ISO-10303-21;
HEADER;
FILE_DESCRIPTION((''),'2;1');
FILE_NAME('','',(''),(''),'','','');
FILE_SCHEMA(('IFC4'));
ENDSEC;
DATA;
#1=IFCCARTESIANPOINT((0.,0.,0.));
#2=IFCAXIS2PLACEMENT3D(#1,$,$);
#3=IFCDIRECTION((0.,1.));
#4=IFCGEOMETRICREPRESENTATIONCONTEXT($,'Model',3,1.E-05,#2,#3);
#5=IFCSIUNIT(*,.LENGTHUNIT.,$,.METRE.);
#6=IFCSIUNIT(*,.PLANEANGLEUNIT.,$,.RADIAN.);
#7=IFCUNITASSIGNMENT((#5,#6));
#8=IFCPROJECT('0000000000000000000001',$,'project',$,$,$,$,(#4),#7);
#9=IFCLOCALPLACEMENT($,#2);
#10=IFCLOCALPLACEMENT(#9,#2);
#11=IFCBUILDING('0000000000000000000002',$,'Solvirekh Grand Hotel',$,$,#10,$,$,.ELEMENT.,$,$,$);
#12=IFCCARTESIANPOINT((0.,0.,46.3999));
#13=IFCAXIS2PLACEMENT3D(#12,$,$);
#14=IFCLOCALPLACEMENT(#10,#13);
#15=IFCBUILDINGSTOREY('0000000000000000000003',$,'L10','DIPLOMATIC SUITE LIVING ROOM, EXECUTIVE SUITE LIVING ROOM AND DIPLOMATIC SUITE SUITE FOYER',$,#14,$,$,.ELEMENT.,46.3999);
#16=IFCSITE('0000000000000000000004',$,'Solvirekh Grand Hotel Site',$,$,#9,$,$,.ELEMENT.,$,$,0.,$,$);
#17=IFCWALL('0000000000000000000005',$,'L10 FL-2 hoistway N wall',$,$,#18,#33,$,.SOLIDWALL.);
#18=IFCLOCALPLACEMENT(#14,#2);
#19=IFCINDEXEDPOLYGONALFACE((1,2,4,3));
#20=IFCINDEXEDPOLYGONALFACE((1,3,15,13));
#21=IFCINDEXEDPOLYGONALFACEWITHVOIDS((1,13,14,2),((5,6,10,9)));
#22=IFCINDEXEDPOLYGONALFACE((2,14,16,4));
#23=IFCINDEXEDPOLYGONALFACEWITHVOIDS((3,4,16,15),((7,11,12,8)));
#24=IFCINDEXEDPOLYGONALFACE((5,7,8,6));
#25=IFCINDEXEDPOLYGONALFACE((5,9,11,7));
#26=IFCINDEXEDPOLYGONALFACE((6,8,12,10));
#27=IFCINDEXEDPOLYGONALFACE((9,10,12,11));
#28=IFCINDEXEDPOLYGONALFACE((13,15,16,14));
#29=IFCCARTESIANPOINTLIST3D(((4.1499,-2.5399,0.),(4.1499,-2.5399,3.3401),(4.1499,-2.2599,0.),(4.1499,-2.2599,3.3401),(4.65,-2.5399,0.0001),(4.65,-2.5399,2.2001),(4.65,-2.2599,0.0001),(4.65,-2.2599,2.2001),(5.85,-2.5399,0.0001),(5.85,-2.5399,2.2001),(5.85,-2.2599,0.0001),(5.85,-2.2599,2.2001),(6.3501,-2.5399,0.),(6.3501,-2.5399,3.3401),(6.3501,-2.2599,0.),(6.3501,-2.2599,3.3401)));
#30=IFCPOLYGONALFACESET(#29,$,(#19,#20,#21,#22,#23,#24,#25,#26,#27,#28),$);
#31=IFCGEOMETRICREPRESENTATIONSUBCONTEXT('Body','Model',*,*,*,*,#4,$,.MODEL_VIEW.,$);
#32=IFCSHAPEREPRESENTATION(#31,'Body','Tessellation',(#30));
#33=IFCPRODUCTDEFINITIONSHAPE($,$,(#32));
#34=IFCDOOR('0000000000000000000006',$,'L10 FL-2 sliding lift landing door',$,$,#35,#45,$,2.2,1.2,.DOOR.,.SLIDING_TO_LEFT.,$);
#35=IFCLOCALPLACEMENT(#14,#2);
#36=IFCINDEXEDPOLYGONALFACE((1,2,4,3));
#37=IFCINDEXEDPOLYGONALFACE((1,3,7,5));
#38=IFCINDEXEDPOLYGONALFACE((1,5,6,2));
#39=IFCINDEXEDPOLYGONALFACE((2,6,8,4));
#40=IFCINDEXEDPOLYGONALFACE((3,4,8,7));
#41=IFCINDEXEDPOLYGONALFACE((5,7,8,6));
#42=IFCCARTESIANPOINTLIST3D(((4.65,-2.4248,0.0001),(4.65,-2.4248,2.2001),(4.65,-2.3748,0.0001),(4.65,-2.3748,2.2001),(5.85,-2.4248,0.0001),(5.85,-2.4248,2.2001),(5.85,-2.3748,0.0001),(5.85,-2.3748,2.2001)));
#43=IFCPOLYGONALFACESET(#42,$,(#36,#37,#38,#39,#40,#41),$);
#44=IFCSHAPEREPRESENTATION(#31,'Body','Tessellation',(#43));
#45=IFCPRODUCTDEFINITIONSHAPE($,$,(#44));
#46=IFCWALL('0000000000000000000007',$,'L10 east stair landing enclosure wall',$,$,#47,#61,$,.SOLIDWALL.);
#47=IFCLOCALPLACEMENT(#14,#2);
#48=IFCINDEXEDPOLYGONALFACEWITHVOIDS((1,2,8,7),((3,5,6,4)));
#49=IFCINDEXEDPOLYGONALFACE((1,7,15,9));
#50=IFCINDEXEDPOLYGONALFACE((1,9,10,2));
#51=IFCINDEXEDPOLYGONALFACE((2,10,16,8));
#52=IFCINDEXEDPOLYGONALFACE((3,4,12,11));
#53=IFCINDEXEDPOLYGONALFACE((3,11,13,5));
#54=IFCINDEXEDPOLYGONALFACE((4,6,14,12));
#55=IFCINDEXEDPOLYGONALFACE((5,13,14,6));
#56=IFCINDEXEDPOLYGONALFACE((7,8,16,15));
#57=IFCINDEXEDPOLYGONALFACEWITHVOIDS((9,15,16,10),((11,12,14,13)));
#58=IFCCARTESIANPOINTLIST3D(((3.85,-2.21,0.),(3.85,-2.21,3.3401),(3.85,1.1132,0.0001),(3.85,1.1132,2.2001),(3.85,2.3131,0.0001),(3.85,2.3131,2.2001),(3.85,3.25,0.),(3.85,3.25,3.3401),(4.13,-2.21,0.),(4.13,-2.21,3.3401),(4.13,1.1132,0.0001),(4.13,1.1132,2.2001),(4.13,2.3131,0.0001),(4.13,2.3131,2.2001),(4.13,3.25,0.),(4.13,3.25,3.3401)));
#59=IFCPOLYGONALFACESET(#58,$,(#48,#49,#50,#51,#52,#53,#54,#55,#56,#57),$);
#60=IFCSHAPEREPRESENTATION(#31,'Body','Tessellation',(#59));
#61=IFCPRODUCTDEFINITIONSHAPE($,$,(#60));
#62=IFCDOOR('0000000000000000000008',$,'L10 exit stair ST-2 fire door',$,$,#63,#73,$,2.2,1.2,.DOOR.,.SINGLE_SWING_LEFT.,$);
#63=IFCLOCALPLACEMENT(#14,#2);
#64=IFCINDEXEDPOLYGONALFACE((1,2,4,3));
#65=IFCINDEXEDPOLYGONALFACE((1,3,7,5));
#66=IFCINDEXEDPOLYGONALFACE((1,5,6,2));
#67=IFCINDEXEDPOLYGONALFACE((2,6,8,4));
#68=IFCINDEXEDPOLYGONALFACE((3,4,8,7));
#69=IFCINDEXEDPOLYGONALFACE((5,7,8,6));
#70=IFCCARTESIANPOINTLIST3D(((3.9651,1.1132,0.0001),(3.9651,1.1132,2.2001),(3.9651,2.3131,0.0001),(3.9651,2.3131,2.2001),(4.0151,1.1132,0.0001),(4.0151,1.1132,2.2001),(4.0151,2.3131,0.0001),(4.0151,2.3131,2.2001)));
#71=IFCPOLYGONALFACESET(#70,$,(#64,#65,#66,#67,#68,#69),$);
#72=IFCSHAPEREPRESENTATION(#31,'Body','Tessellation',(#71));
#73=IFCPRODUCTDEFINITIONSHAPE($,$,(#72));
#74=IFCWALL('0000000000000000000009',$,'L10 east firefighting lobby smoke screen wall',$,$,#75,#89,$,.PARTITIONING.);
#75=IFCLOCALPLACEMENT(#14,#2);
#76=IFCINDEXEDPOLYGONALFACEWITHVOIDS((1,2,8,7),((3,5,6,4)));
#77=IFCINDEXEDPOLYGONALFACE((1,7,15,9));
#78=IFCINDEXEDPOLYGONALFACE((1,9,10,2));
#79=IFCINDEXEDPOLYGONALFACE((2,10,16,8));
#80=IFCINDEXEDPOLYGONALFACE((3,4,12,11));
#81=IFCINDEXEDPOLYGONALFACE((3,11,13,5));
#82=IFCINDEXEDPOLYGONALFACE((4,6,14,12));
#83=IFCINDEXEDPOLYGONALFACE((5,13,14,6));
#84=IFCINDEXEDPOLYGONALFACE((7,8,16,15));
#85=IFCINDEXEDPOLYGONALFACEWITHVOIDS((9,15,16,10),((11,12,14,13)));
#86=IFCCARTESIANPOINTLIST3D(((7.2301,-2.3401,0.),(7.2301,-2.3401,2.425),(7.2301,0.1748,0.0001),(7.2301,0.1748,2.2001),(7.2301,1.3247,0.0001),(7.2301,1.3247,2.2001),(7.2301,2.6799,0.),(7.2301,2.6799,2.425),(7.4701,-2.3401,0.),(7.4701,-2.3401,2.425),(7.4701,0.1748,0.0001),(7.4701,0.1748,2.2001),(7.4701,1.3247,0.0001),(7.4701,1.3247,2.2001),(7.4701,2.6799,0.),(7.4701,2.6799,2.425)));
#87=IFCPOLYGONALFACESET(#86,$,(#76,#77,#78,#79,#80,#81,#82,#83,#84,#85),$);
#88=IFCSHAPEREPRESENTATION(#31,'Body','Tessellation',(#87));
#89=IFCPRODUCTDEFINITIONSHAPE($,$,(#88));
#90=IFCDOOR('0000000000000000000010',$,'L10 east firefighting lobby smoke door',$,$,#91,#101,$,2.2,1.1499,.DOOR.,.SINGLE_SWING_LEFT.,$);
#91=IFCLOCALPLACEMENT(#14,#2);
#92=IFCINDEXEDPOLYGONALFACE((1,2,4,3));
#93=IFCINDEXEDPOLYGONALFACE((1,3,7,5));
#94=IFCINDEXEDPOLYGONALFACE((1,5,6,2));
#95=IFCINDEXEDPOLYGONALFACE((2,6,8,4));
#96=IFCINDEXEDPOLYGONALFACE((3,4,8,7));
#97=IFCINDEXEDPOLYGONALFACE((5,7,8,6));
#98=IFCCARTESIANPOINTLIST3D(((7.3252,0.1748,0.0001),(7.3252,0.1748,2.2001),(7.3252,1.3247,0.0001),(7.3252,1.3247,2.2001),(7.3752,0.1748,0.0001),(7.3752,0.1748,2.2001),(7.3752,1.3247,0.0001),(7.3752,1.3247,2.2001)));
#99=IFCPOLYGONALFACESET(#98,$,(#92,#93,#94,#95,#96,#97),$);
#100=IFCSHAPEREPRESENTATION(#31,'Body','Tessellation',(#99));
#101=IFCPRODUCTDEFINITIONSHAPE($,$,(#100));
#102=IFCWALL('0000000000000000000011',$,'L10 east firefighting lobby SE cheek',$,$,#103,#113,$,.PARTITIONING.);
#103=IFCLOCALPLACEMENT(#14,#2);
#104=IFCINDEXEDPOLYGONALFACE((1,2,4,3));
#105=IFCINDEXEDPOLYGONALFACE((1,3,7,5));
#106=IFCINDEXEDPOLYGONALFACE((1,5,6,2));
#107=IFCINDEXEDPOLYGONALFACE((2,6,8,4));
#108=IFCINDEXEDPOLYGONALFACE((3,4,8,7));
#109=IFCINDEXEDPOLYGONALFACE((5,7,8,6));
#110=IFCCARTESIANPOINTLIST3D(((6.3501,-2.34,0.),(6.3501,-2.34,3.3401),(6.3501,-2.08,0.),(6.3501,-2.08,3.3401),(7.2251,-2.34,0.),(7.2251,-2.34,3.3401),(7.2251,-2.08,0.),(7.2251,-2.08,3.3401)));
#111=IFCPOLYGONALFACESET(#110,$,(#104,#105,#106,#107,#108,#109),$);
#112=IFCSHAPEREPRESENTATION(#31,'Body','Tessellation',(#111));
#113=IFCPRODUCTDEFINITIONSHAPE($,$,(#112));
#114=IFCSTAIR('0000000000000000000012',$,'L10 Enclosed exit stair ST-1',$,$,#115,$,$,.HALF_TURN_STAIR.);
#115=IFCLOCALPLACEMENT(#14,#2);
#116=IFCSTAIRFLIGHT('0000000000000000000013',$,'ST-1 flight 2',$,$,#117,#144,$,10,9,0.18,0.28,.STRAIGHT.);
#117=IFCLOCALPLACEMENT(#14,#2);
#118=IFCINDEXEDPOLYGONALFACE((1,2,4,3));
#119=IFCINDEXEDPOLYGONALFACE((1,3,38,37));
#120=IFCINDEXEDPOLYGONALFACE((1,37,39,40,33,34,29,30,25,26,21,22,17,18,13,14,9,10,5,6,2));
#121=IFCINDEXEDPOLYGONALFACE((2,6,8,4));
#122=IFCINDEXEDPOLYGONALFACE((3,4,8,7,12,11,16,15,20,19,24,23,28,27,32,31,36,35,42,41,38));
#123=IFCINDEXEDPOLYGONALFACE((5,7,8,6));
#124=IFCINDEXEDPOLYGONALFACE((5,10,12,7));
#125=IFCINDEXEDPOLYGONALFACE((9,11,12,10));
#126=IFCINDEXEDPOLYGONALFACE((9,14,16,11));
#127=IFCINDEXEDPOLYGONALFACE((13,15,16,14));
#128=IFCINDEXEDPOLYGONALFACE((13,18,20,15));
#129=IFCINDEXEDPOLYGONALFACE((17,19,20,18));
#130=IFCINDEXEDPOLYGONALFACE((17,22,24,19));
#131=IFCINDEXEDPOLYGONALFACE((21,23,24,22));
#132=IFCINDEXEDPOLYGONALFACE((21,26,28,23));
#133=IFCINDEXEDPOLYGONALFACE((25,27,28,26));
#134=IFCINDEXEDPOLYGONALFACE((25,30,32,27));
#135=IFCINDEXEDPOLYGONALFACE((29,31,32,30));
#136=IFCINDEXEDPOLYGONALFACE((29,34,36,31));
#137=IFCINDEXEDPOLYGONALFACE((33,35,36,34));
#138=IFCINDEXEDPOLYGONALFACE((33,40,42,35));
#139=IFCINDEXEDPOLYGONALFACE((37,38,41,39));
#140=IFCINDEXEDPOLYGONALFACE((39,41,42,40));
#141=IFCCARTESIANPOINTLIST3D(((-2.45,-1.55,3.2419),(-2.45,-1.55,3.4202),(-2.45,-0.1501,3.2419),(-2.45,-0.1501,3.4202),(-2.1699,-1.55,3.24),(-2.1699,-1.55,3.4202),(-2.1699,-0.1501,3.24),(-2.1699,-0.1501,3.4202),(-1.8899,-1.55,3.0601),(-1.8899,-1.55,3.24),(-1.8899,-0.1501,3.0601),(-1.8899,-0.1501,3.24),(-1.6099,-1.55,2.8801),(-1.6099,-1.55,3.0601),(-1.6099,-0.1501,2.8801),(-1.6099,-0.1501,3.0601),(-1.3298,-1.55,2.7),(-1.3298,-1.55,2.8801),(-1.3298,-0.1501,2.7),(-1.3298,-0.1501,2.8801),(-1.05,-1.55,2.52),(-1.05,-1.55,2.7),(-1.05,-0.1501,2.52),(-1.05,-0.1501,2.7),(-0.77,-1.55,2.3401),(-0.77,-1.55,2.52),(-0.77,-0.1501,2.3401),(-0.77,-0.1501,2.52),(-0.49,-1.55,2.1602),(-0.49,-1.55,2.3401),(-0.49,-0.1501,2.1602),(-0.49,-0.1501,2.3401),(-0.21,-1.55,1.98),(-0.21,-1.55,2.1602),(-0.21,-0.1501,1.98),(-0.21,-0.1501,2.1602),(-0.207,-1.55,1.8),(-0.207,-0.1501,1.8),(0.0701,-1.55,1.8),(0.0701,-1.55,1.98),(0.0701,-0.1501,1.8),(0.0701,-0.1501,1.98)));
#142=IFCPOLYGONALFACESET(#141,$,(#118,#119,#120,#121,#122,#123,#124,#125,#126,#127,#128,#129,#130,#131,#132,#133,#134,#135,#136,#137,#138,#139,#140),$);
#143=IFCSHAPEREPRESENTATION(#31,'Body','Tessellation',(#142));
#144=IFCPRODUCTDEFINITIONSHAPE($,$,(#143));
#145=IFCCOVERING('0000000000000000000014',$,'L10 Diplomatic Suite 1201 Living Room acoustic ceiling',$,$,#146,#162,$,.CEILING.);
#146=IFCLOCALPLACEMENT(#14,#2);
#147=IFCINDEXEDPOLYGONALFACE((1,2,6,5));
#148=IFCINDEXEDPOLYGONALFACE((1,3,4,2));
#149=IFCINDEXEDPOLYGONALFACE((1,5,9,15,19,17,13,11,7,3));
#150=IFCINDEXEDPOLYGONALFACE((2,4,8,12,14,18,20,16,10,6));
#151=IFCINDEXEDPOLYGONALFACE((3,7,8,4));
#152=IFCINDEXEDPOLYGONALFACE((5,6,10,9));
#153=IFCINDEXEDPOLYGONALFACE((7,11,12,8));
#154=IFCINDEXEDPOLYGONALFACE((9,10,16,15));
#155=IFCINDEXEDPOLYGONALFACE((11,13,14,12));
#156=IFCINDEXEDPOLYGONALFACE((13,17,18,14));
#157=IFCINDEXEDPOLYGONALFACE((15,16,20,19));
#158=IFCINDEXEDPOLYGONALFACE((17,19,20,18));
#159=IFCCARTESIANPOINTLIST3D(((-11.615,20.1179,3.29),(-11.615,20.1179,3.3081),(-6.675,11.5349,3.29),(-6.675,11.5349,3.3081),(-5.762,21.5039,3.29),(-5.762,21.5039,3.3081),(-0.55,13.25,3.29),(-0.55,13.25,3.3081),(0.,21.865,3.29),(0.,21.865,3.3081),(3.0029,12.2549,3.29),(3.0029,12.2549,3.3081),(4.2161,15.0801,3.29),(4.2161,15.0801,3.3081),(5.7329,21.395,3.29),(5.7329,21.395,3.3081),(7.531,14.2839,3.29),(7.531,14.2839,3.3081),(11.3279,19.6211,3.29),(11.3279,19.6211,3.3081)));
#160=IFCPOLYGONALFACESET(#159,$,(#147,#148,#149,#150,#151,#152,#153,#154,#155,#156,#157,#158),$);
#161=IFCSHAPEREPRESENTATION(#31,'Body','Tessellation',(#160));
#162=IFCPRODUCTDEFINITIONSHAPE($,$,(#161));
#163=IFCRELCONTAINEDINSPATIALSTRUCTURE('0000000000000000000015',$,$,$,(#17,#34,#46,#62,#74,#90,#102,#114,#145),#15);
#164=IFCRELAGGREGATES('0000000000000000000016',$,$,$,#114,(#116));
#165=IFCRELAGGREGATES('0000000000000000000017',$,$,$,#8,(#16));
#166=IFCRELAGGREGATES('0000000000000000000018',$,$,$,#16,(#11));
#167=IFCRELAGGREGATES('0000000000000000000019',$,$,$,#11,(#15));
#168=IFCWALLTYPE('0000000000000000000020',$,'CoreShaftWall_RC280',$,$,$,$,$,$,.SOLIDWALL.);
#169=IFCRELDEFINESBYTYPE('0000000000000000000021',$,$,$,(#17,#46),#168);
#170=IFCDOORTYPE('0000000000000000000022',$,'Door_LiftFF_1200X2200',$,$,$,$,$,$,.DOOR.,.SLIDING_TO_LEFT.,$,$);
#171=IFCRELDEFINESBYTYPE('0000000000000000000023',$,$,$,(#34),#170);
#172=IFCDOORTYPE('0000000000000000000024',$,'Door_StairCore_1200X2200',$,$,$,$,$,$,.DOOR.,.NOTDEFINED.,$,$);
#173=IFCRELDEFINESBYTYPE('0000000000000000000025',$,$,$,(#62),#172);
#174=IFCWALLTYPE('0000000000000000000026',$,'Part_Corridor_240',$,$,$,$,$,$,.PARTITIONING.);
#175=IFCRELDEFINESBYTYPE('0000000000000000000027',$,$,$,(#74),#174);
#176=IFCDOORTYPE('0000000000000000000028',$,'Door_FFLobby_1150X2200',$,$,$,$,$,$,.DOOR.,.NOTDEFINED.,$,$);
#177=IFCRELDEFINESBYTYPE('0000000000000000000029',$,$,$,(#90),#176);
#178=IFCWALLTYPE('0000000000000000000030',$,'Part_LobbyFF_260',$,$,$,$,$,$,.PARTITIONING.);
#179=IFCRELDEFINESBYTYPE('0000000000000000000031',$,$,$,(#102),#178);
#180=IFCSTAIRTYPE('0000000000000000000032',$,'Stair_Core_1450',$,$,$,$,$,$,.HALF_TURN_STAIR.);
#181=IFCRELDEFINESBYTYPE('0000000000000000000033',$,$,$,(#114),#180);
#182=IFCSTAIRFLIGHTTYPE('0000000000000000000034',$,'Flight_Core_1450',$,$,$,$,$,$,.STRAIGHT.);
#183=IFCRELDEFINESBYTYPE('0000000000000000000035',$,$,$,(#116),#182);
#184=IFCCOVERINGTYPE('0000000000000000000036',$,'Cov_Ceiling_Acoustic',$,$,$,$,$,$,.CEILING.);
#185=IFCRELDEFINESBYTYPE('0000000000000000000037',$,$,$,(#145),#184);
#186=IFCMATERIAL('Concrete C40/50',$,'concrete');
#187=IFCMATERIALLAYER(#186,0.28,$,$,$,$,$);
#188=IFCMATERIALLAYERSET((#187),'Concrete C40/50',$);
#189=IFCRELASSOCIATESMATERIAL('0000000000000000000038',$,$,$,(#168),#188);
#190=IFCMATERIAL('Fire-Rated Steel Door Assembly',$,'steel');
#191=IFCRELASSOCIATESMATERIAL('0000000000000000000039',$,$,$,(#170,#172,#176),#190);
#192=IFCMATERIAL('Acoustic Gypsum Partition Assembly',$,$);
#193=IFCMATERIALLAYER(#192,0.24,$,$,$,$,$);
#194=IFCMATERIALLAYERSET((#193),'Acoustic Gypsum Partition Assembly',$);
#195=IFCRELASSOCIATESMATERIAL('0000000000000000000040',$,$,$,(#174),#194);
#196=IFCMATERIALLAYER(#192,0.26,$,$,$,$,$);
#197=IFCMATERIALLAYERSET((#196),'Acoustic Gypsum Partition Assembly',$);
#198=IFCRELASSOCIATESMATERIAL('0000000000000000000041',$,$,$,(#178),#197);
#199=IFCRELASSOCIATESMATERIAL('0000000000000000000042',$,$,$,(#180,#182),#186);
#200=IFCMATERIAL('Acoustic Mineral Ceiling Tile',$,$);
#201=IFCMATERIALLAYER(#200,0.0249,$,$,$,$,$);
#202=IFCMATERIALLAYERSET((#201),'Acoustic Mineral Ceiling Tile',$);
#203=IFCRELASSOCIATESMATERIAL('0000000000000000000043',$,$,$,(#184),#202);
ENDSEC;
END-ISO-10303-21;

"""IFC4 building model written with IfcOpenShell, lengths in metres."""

from ifc_helpers import new_model, si_unit, direction, frame, frame_2d, origin, place, context, subcontext, project, spatial, polyline, rectangle, outline, extrude, material, layer, layer_set, type_object, element, fill, aggregate, save


model = new_model("IFC4")

# Units and contexts
model_context = context("Model", 3, precision=1e-05, world=origin(), true_north=direction((0.0, 1.0)))
body_context = subcontext(model_context, "Body", "Model", "MODEL_VIEW")
ifc_project = project(units=[si_unit("LENGTHUNIT", "METRE"), si_unit("PLANEANGLEUNIT", "RADIAN")], contexts=[model_context])

# Site, building, storey
site_placement = place(None, origin())
site = spatial("IfcSite", under=ifc_project, at=site_placement, Name="Solvirekh Grand Hotel Site", CompositionType="ELEMENT", RefElevation=0.0)
building_placement = place(site_placement, origin())
building = spatial("IfcBuilding", under=site, at=building_placement, Name="Solvirekh Grand Hotel", CompositionType="ELEMENT")
storey_placement = place(building_placement, frame((0.0, 0.0, 46.3999)))
storey = spatial("IfcBuildingStorey", under=building, at=storey_placement, Name="L10", Description="DIPLOMATIC SUITE LIVING ROOM, EXECUTIVE SUITE LIVING ROOM AND DIPLOMATIC SUITE SUITE FOYER", CompositionType="ELEMENT", Elevation=46.3999)

# Walls, openings, doors
ifc_material_1 = material(Name="Concrete C40/50", Category="concrete")
ifc_layer_1 = layer(ifc_material_1, 0.28)
ifc_layer_set_1 = layer_set([ifc_layer_1], Name="Concrete C40/50")
wall_type_1 = type_object("IfcWallType", Name="CoreShaftWall_RC280", PredefinedType="SOLIDWALL", material=ifc_layer_set_1)
wall_1_placement = place(storey_placement, frame((6.3501, -2.3999, 0.0), z_axis=(0.0, 0.0, 1.0), x_axis=(-1.0, 0.0, 0.0)))
wall_1 = element("IfcWall", 1, at=wall_1_placement, inside=storey, type_object=wall_type_1, Name="L10 FL-2 hoistway N wall", PredefinedType="SOLIDWALL", context=body_context, shape_type="SweptSolid", body=[
    extrude(rectangle(XDim=2.2002, YDim=0.28, at=frame_2d((1.1001, 0.0))), origin(), (0.0, 0.0, 1.0), 3.3401),
])
opening_1_placement = place(wall_1_placement, frame((0.5, 0.0, 0.0)))
opening_1 = element("IfcOpeningElement", 2, at=opening_1_placement, cuts=wall_1, PredefinedType="OPENING", context=body_context, shape_type="SweptSolid", body=[
    extrude(rectangle(XDim=1.2, YDim=2.2, at=frame_2d((0.6001, 1.1001))), frame((0.0, 0.1499, 0.0), z_axis=(0.0, -1.0, 0.0), x_axis=(1.0, 0.0, 0.0)), (0.0, 0.0, 1.0), 0.3),
])
ifc_material_2 = material(Name="Fire-Rated Steel Door Assembly", Category="steel")
door_type_1 = type_object("IfcDoorType", Name="Door_LiftFF_1200X2200", OperationType="SLIDING_TO_LEFT", PredefinedType="DOOR", material=ifc_material_2)
door_1_placement = place(opening_1_placement, origin())
door_1 = element("IfcDoor", 3, at=door_1_placement, inside=storey, type_object=door_type_1, Name="L10 FL-2 sliding lift landing door", OperationType="SLIDING_TO_LEFT", OverallHeight=2.2, OverallWidth=1.2, PredefinedType="DOOR", context=body_context, shape_type="SweptSolid", body=[
    extrude(rectangle(XDim=1.2, YDim=2.2, at=frame_2d((0.6001, 1.1001))), frame((0.0, 0.0249, 0.0), z_axis=(0.0, -1.0, 0.0), x_axis=(1.0, 0.0, 0.0)), (0.0, 0.0, 1.0), 0.05),
])
fill(opening_1, door_1)
wall_2_placement = place(storey_placement, frame((3.99, -2.21, 0.0), z_axis=(0.0, 0.0, 1.0), x_axis=(0.0, 1.0, 0.0)))
wall_2 = element("IfcWall", 4, at=wall_2_placement, inside=storey, type_object=wall_type_1, Name="L10 east stair landing enclosure wall", PredefinedType="SOLIDWALL", context=body_context, shape_type="SweptSolid", body=[
    extrude(rectangle(XDim=5.46, YDim=0.28, at=frame_2d((2.73, 0.0))), origin(), (0.0, 0.0, 1.0), 3.3401),
])
opening_2_placement = place(wall_2_placement, frame((3.323, 0.0, 0.0)))
opening_2 = element("IfcOpeningElement", 5, at=opening_2_placement, cuts=wall_2, PredefinedType="OPENING", context=body_context, shape_type="SweptSolid", body=[
    extrude(rectangle(XDim=1.2, YDim=2.2, at=frame_2d((0.6001, 1.1001))), frame((0.0, 0.1499, 0.0), z_axis=(0.0, -1.0, 0.0), x_axis=(1.0, 0.0, 0.0)), (0.0, 0.0, 1.0), 0.3),
])
door_type_2 = type_object("IfcDoorType", Name="Door_StairCore_1200X2200", OperationType="NOTDEFINED", PredefinedType="DOOR", material=ifc_material_2)
door_2_placement = place(opening_2_placement, origin())
door_2 = element("IfcDoor", 6, at=door_2_placement, inside=storey, type_object=door_type_2, Name="L10 exit stair ST-2 fire door", OperationType="SINGLE_SWING_LEFT", OverallHeight=2.2, OverallWidth=1.2, PredefinedType="DOOR", context=body_context, shape_type="SweptSolid", body=[
    extrude(rectangle(XDim=1.2, YDim=2.2, at=frame_2d((0.6001, 1.1001))), frame((0.0, 0.0249, 0.0), z_axis=(0.0, -1.0, 0.0), x_axis=(1.0, 0.0, 0.0)), (0.0, 0.0, 1.0), 0.05),
])
fill(opening_2, door_2)
ifc_material_3 = material(Name="Acoustic Gypsum Partition Assembly")
ifc_layer_2 = layer(ifc_material_3, 0.24)
ifc_layer_set_2 = layer_set([ifc_layer_2], Name="Acoustic Gypsum Partition Assembly")
wall_type_2 = type_object("IfcWallType", Name="Part_Corridor_240", PredefinedType="PARTITIONING", material=ifc_layer_set_2)
wall_3_placement = place(storey_placement, frame((7.3501, -2.3401, 0.0), z_axis=(0.0, 0.0, 1.0), x_axis=(0.0, 1.0, 0.0)))
wall_3 = element("IfcWall", 7, at=wall_3_placement, inside=storey, type_object=wall_type_2, Name="L10 east firefighting lobby smoke screen wall", PredefinedType="PARTITIONING", context=body_context, shape_type="SweptSolid", body=[
    extrude(rectangle(XDim=5.02, YDim=0.24, at=frame_2d((2.51, 0.0))), origin(), (0.0, 0.0, 1.0), 2.425),
])
opening_3_placement = place(wall_3_placement, frame((2.5149, 0.0, 0.0)))
opening_3 = element("IfcOpeningElement", 8, at=opening_3_placement, cuts=wall_3, PredefinedType="OPENING", context=body_context, shape_type="SweptSolid", body=[
    extrude(rectangle(XDim=1.1499, YDim=2.2, at=frame_2d((0.575, 1.1001))), frame((0.0, 0.1299, 0.0), z_axis=(0.0, -1.0, 0.0), x_axis=(1.0, 0.0, 0.0)), (0.0, 0.0, 1.0), 0.26),
])
door_type_3 = type_object("IfcDoorType", Name="Door_FFLobby_1150X2200", OperationType="NOTDEFINED", PredefinedType="DOOR", material=ifc_material_2)
door_3_placement = place(opening_3_placement, origin())
door_3 = element("IfcDoor", 9, at=door_3_placement, inside=storey, type_object=door_type_3, Name="L10 east firefighting lobby smoke door", OperationType="SINGLE_SWING_LEFT", OverallHeight=2.2, OverallWidth=1.1499, PredefinedType="DOOR", context=body_context, shape_type="SweptSolid", body=[
    extrude(rectangle(XDim=1.1499, YDim=2.2, at=frame_2d((0.575, 1.1001))), frame((0.0, 0.0249, 0.0), z_axis=(0.0, -1.0, 0.0), x_axis=(1.0, 0.0, 0.0)), (0.0, 0.0, 1.0), 0.05),
])
fill(opening_3, door_3)

# Wall
ifc_layer_3 = layer(ifc_material_3, 0.26)
ifc_layer_set_3 = layer_set([ifc_layer_3], Name="Acoustic Gypsum Partition Assembly")
wall_type_3 = type_object("IfcWallType", Name="Part_LobbyFF_260", PredefinedType="PARTITIONING", material=ifc_layer_set_3)
wall_4_placement = place(storey_placement, frame((6.3501, -2.21, 0.0), z_axis=(0.0, 0.0, 1.0), x_axis=(1.0, 0.0, 0.0)))
element("IfcWall", 10, at=wall_4_placement, inside=storey, type_object=wall_type_3, Name="L10 east firefighting lobby SE cheek", PredefinedType="PARTITIONING", context=body_context, shape_type="SweptSolid", body=[
    extrude(rectangle(XDim=0.875, YDim=0.26, at=frame_2d((0.4375, 0.0))), origin(), (0.0, 0.0, 1.0), 3.3401),
])

# Stair, stair flight
stair_type = type_object("IfcStairType", Name="Stair_Core_1450", PredefinedType="HALF_TURN_STAIR", material=ifc_material_1)
stair_placement = place(storey_placement, origin())
stair = element("IfcStair", 11, at=stair_placement, inside=storey, type_object=stair_type, Name="L10 Enclosed exit stair ST-1", PredefinedType="HALF_TURN_STAIR")
stair_flight_type = type_object("IfcStairFlightType", Name="Flight_Core_1450", PredefinedType="STRAIGHT", material=ifc_material_1)
stair_flight_placement = place(storey_placement, frame((0.0701, -0.8501, 1.8), z_axis=(0.0, 0.0, 1.0), x_axis=(-1.0, 0.0, 0.0)))
stair_flight = element("IfcStairFlight", 12, at=stair_flight_placement, type_object=stair_flight_type, Name="ST-1 flight 2", NumberOfRisers=10, NumberOfTreads=9, PredefinedType="STRAIGHT", RiserHeight=0.18, TreadLength=0.28, context=body_context, shape_type="SweptSolid", body=[
    extrude(outline(polyline([(0.0, 0.0), (0.0, 0.1799), (0.28, 0.1799), (0.28, 0.3601), (0.5601, 0.3601), (0.5601, 0.54), (0.8401, 0.54), (0.8401, 0.72), (1.1201, 0.72), (1.1201, 0.8999), (1.3999, 0.8999), (1.3999, 1.0801), (1.6799, 1.0801), (1.6799, 1.26), (1.96, 1.26), (1.96, 1.4399), (2.24, 1.4399), (2.24, 1.6201), (2.52, 1.6201), (2.52, 1.8), (2.52, 1.4419), (0.2771, 0.0), (0.0, 0.0)])), frame((0.0, 0.7, 0.0), z_axis=(0.0, -1.0, 0.0), x_axis=(1.0, 0.0, 0.0)), (0.0, 0.0, 1.0), 1.3999),
])
aggregate(stair, [stair_flight])

# Covering
ifc_material_4 = material(Name="Acoustic Mineral Ceiling Tile")
ifc_layer_4 = layer(ifc_material_4, 0.0249)
ifc_layer_set_4 = layer_set([ifc_layer_4], Name="Acoustic Mineral Ceiling Tile")
covering_type_1 = type_object("IfcCoveringType", Name="Cov_Ceiling_Acoustic", PredefinedType="CEILING", material=ifc_layer_set_4)
covering_1_placement = place(storey_placement, frame((0.0, 0.0, 3.29)))
element("IfcCovering", 13, at=covering_1_placement, inside=storey, type_object=covering_type_1, Name="L10 Diplomatic Suite 1201 Living Room acoustic ceiling", PredefinedType="CEILING", context=body_context, shape_type="SweptSolid", body=[
    extrude(outline(polyline([(4.2161, 15.0801), (7.531, 14.2839), (11.3279, 19.6211), (5.7329, 21.395), (0.0, 21.865), (-5.762, 21.5039), (-11.615, 20.1179), (-6.675, 11.5349), (-0.55, 13.25), (3.0029, 12.2549), (4.2161, 15.0801)])), origin(), (0.0, 0.0, 1.0), 0.0181),
])

save(model, "model.ifc")
